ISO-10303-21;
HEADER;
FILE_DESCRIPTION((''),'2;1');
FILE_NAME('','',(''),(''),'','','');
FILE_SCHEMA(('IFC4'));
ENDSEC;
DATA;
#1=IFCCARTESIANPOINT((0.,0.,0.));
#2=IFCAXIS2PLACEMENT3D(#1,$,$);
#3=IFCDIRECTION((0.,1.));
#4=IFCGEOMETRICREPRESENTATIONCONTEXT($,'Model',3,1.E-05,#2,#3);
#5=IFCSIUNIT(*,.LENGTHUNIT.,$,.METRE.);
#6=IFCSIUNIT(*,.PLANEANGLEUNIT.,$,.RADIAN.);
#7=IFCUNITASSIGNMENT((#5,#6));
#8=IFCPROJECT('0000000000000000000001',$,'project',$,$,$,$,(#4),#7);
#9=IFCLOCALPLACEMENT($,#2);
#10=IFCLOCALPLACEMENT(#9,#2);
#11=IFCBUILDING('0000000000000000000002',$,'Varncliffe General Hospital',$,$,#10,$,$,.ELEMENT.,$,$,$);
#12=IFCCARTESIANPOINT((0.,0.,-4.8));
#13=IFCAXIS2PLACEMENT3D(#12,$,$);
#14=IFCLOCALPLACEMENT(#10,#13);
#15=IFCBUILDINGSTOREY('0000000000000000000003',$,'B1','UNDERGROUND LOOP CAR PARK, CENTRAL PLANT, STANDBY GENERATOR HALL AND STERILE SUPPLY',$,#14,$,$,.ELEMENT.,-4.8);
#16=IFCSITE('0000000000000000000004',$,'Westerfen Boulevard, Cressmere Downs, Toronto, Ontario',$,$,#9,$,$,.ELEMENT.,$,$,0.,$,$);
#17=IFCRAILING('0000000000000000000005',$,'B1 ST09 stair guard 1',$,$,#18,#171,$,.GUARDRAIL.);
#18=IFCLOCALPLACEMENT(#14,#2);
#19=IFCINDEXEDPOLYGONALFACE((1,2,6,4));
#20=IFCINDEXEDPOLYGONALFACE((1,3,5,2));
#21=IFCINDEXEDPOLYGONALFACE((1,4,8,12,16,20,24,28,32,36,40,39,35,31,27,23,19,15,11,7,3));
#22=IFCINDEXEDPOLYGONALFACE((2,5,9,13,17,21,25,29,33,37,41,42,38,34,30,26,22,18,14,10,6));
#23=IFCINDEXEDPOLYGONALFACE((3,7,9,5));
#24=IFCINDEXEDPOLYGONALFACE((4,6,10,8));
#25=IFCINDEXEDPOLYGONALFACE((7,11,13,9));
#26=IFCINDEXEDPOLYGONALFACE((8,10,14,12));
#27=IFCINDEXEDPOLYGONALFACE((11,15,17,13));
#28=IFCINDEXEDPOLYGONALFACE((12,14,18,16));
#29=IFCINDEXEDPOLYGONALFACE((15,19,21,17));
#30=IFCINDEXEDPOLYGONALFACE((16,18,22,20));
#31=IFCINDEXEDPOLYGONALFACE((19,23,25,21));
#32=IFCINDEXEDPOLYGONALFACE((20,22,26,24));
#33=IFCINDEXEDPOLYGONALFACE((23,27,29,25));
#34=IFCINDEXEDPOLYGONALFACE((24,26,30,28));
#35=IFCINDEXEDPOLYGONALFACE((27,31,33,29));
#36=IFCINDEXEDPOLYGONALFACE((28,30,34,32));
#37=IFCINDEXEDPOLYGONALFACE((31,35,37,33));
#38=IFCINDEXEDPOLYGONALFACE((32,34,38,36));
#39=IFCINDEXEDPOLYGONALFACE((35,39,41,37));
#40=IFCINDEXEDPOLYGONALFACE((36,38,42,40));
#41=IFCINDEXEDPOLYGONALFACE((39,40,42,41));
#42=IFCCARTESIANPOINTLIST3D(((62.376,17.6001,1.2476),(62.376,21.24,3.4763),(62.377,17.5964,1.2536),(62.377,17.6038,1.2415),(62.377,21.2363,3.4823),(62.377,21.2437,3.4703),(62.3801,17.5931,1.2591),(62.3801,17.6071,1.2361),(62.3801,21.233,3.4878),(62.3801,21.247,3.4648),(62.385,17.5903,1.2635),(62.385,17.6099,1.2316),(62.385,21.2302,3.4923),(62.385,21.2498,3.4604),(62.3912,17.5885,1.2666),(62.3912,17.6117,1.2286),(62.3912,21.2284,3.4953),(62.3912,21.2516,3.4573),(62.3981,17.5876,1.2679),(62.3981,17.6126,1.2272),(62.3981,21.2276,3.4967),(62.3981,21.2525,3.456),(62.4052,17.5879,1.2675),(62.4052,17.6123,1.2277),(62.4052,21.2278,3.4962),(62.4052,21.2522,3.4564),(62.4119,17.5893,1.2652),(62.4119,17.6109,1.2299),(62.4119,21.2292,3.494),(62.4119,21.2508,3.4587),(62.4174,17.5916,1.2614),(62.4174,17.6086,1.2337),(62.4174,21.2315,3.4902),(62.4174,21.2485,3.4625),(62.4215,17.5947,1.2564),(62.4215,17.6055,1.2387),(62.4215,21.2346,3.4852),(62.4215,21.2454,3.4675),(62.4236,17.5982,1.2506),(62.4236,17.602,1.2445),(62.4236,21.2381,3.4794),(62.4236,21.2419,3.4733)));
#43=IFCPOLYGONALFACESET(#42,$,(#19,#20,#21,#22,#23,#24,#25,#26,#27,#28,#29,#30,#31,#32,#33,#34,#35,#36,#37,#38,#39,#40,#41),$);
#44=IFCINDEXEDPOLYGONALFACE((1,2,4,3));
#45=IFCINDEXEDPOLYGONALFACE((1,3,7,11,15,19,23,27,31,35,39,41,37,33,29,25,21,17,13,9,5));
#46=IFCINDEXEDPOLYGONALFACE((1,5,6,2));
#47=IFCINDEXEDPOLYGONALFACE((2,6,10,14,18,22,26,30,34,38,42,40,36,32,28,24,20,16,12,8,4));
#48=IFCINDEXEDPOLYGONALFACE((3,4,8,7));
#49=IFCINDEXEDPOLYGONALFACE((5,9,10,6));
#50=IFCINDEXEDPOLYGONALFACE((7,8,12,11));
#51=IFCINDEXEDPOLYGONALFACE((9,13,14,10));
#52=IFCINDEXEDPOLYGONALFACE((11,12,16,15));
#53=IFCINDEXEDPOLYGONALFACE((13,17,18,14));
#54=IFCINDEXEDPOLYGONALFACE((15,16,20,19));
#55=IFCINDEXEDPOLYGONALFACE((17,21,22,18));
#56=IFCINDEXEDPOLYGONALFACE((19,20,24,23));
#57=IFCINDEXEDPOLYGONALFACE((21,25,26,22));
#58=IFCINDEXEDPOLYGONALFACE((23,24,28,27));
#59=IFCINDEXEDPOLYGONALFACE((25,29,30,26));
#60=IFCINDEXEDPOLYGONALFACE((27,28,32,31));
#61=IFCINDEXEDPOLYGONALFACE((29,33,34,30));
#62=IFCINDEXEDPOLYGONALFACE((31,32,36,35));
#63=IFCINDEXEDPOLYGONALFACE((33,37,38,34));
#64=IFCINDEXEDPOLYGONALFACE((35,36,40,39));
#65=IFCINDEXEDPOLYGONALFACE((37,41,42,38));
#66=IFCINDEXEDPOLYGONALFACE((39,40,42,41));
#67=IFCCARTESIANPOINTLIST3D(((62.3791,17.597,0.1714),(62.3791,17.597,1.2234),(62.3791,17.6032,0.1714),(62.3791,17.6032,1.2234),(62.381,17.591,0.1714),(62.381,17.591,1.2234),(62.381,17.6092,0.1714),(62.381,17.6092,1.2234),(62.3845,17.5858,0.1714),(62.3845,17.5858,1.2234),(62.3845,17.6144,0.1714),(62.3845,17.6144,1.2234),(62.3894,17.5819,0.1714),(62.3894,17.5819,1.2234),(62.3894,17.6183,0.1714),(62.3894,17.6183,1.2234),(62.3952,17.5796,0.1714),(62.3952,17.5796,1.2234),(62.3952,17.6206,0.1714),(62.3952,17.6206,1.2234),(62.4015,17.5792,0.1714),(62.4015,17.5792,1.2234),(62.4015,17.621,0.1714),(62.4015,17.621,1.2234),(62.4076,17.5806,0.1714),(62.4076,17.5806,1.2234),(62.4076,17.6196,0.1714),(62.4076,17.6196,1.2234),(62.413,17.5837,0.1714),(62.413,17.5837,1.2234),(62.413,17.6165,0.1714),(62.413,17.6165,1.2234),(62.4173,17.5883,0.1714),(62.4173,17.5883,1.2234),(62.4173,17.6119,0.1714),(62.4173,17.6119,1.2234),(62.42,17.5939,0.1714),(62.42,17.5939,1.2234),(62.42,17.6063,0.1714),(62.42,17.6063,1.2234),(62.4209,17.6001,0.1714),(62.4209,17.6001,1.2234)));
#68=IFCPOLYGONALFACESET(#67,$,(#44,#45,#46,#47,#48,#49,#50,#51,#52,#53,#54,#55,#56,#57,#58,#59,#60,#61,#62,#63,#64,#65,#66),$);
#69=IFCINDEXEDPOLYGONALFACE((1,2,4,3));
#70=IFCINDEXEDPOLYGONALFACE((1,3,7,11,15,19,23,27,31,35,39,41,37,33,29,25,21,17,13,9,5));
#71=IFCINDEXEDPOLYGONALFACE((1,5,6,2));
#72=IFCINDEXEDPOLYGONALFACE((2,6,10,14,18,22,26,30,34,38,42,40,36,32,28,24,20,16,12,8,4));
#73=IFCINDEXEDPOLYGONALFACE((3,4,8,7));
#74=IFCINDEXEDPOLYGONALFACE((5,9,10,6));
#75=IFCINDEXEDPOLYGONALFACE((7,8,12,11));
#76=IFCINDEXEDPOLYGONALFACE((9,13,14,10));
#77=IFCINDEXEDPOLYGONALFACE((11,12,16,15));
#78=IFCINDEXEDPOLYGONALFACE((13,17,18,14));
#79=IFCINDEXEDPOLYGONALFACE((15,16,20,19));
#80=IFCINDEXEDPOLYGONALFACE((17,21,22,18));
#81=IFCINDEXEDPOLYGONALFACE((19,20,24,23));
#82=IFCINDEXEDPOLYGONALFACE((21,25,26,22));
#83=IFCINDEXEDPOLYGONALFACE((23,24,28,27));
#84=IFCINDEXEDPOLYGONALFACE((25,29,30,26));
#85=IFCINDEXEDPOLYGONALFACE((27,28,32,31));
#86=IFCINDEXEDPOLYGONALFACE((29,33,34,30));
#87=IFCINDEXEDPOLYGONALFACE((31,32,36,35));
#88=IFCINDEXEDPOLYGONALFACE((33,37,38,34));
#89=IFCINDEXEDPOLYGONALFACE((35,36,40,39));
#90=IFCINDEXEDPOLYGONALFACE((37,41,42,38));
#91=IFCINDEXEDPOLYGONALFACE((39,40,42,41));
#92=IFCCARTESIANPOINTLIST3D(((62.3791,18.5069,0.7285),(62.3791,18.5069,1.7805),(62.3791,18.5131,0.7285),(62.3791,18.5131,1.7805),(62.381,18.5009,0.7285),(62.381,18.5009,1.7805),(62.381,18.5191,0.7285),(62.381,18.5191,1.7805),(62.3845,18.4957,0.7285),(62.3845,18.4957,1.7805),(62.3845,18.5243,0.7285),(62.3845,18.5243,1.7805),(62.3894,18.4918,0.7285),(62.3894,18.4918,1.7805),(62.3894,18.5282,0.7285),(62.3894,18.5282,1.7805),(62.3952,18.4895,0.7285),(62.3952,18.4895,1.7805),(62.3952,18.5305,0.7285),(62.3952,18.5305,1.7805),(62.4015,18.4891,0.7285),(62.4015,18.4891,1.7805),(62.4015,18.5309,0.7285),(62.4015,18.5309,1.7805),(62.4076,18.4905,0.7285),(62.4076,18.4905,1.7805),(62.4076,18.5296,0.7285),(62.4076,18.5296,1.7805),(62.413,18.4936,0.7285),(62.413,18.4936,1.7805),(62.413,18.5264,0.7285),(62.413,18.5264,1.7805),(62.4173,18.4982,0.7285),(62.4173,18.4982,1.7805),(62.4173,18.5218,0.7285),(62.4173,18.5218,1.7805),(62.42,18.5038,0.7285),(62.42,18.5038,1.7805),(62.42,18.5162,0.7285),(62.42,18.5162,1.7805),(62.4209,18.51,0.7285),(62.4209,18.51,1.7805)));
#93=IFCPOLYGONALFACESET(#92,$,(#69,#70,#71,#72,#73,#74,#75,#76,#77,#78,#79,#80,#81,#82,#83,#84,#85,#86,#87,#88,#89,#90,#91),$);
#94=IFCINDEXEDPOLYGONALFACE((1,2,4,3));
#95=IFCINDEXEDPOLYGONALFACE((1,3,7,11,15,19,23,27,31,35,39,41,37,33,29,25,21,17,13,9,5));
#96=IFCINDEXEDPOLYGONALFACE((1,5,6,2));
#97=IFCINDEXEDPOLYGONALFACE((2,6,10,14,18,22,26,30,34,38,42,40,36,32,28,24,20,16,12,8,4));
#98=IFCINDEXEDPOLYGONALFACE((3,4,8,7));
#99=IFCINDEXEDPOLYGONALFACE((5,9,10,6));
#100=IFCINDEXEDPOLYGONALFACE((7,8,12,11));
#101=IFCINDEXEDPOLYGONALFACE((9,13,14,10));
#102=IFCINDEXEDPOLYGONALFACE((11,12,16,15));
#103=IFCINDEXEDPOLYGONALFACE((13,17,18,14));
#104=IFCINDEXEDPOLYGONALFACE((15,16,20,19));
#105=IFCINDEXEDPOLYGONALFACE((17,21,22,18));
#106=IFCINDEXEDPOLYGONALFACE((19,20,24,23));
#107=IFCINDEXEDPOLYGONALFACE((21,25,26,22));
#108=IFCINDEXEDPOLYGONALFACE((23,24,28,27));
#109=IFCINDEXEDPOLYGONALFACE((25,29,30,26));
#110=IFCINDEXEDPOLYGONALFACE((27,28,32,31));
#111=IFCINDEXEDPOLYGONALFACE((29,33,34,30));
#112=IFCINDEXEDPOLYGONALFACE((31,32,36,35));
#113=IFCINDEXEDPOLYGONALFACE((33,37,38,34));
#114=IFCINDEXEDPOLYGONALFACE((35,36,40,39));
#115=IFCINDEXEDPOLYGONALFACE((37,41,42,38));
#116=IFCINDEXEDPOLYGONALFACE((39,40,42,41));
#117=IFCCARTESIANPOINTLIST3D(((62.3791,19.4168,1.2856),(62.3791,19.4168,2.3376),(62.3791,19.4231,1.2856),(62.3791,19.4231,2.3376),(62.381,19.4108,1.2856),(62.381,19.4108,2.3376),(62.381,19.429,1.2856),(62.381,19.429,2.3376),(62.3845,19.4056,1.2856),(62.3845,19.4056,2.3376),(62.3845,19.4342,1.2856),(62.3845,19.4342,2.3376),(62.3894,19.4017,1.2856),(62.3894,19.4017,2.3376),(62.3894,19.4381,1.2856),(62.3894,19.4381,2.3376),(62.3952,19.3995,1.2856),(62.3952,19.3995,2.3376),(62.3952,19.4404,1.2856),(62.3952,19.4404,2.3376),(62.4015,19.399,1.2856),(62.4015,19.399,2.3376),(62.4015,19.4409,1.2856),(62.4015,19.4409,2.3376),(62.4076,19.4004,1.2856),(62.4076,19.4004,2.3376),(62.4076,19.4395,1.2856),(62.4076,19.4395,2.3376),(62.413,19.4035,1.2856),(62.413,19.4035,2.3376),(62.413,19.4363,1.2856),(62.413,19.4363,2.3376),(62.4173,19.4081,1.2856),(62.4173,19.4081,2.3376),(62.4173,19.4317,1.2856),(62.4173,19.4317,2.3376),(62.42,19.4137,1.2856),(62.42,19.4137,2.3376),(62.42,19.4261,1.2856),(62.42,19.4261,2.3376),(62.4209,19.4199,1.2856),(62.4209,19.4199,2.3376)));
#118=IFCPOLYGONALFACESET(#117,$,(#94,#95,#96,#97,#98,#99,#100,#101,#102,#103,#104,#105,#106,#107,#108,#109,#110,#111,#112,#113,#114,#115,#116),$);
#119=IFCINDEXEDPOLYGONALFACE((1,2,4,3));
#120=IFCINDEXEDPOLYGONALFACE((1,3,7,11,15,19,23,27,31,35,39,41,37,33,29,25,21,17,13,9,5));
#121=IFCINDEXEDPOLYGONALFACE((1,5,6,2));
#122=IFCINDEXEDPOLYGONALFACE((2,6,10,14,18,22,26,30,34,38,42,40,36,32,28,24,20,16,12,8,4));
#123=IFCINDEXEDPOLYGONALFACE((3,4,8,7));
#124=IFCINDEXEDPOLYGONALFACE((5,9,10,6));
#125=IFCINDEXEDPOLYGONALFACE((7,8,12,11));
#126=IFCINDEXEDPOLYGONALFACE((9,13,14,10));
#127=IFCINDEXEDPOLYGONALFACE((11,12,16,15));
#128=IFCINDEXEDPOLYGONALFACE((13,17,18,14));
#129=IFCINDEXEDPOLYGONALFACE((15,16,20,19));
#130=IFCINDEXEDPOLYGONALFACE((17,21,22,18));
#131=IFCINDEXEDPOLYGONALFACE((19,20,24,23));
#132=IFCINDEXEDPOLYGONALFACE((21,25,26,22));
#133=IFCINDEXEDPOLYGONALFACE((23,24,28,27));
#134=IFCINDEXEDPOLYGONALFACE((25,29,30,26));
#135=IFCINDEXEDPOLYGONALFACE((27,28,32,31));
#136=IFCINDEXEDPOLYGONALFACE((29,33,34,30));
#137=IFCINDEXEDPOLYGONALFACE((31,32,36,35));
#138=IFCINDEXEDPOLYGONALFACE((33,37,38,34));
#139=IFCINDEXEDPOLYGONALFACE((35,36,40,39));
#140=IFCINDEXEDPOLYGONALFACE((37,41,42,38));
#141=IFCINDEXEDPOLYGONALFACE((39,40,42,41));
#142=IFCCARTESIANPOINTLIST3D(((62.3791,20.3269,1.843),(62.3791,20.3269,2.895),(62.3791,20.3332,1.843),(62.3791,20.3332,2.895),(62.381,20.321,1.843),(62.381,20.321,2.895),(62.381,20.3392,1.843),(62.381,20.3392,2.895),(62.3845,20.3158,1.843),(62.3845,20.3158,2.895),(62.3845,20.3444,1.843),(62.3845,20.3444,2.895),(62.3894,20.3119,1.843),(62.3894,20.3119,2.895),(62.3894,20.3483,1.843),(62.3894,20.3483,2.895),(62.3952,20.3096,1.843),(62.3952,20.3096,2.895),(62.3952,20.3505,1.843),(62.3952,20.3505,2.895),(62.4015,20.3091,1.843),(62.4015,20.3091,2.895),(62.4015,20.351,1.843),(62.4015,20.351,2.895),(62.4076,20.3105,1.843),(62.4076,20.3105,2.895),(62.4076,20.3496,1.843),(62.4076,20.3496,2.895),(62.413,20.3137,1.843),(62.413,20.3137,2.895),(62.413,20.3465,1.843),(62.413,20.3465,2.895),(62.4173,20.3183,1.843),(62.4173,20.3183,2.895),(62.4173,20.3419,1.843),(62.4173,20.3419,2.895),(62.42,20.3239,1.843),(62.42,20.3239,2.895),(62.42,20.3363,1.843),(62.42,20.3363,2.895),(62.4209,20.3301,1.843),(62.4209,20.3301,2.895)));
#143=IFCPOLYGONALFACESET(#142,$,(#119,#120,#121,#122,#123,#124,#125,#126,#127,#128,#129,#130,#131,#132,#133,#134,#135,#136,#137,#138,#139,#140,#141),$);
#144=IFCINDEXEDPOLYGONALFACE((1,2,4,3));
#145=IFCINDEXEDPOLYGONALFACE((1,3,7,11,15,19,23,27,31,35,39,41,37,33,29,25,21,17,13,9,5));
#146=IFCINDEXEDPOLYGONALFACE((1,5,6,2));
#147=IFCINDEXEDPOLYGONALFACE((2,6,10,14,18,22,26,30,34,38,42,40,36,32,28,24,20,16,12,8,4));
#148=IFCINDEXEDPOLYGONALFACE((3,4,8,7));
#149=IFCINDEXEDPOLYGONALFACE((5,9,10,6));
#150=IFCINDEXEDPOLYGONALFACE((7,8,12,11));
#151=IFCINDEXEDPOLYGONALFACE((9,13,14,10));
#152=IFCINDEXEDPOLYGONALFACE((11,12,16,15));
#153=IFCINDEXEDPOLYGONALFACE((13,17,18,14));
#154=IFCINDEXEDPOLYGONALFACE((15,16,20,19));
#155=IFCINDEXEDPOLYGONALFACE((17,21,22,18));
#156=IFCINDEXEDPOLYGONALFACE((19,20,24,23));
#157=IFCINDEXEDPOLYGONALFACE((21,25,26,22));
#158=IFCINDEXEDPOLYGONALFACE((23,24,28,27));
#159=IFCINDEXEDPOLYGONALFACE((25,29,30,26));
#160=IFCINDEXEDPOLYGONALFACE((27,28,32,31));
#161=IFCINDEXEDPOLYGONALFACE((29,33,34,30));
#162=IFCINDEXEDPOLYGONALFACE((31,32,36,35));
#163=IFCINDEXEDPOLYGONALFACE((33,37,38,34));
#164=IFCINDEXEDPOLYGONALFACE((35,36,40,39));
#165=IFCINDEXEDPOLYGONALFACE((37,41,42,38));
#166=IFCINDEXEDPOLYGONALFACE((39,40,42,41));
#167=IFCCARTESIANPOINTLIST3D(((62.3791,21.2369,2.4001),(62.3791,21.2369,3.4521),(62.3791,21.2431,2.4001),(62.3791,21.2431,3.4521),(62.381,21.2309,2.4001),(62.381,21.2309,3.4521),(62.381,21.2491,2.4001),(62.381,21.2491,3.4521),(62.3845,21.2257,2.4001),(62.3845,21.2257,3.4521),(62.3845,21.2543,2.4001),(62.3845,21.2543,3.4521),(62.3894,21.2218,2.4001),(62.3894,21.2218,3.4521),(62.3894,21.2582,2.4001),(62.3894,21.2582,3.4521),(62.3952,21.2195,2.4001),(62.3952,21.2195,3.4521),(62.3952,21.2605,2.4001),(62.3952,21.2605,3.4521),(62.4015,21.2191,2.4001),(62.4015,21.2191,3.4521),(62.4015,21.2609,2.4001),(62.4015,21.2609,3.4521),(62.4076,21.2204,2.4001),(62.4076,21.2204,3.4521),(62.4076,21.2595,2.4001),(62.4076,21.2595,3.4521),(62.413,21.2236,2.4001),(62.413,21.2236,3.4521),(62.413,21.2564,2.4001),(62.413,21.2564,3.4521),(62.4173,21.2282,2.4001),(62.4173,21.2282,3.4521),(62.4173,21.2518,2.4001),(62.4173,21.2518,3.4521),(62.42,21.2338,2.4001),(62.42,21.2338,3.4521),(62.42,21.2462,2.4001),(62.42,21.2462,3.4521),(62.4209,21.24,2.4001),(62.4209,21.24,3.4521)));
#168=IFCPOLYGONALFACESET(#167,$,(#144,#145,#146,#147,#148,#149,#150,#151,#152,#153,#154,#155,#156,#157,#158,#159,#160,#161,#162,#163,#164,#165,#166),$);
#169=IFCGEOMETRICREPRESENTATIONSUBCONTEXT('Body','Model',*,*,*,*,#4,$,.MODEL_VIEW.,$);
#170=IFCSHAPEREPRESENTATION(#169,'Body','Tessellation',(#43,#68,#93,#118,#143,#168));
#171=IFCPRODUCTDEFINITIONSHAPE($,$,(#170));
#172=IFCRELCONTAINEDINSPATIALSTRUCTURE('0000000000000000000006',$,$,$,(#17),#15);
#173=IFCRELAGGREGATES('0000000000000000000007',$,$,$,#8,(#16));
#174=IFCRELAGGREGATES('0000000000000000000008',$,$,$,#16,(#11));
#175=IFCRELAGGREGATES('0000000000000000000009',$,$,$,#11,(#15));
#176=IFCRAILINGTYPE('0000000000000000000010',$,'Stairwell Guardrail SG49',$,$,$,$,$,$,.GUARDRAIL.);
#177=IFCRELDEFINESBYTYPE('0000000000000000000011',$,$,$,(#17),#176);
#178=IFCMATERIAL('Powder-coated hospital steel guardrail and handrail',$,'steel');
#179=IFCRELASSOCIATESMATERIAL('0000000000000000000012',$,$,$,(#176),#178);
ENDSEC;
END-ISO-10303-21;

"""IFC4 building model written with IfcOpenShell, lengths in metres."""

from ifc_helpers import new_model, si_unit, direction, frame, origin, origin_2d, place, context, subcontext, project, spatial, circle, extrude, material, type_object, element, save


model = new_model("IFC4")

# Units and contexts
model_context = context("Model", 3, precision=1e-05, world=origin(), true_north=direction((0.0, 1.0)))
body_context = subcontext(model_context, "Body", "Model", "MODEL_VIEW")
ifc_project = project(units=[si_unit("LENGTHUNIT", "METRE"), si_unit("PLANEANGLEUNIT", "RADIAN")], contexts=[model_context])

# Site, building, storey
site_placement = place(None, origin())
site = spatial("IfcSite", under=ifc_project, at=site_placement, Name="Westerfen Boulevard, Cressmere Downs, Toronto, Ontario", CompositionType="ELEMENT", RefElevation=0.0)
building_placement = place(site_placement, origin())
building = spatial("IfcBuilding", under=site, at=building_placement, Name="Varncliffe General Hospital", CompositionType="ELEMENT")
storey_placement = place(building_placement, frame((0.0, 0.0, -4.8)))
storey = spatial("IfcBuildingStorey", under=building, at=storey_placement, Name="B1", Description="UNDERGROUND LOOP CAR PARK, CENTRAL PLANT, STANDBY GENERATOR HALL AND STERILE SUPPLY", CompositionType="ELEMENT", Elevation=-4.8)

# Railing
ifc_material_1 = material(Name="Powder-coated hospital steel guardrail and handrail", Category="steel")
railing_type_1 = type_object("IfcRailingType", Name="Stairwell Guardrail SG49", PredefinedType="GUARDRAIL", material=ifc_material_1)
railing_1_placement = place(storey_placement, frame((62.3999, 17.6001, 0.1714)))
element("IfcRailing", 1, at=railing_1_placement, inside=storey, type_object=railing_type_1, Name="B1 ST09 stair guard 1", PredefinedType="GUARDRAIL", context=body_context, shape_type="SweptSolid", body=[
    extrude(circle(Radius=0.0239, at=origin_2d()), frame((0.0, 0.0, 1.0762), z_axis=(0.0, 0.852825, 0.522197), x_axis=(-1.0, 0.0, 0.0)), (0.0, 0.0, 1.0), 4.2681),
    extrude(circle(Radius=0.021, at=origin_2d()), origin(), (0.0, 0.0, 1.0), 1.052),
    extrude(circle(Radius=0.021, at=origin_2d()), frame((0.0, 0.9099, 0.5571)), (0.0, 0.0, 1.0), 1.052),
    extrude(circle(Radius=0.021, at=origin_2d()), frame((0.0, 1.8198, 1.1143)), (0.0, 0.0, 1.0), 1.052),
    extrude(circle(Radius=0.021, at=origin_2d()), frame((0.0, 2.73, 1.6716)), (0.0, 0.0, 1.0), 1.052),
    extrude(circle(Radius=0.021, at=origin_2d()), frame((0.0, 3.6399, 2.2288)), (0.0, 0.0, 1.0), 1.052),
])

save(model, "model.ifc")
